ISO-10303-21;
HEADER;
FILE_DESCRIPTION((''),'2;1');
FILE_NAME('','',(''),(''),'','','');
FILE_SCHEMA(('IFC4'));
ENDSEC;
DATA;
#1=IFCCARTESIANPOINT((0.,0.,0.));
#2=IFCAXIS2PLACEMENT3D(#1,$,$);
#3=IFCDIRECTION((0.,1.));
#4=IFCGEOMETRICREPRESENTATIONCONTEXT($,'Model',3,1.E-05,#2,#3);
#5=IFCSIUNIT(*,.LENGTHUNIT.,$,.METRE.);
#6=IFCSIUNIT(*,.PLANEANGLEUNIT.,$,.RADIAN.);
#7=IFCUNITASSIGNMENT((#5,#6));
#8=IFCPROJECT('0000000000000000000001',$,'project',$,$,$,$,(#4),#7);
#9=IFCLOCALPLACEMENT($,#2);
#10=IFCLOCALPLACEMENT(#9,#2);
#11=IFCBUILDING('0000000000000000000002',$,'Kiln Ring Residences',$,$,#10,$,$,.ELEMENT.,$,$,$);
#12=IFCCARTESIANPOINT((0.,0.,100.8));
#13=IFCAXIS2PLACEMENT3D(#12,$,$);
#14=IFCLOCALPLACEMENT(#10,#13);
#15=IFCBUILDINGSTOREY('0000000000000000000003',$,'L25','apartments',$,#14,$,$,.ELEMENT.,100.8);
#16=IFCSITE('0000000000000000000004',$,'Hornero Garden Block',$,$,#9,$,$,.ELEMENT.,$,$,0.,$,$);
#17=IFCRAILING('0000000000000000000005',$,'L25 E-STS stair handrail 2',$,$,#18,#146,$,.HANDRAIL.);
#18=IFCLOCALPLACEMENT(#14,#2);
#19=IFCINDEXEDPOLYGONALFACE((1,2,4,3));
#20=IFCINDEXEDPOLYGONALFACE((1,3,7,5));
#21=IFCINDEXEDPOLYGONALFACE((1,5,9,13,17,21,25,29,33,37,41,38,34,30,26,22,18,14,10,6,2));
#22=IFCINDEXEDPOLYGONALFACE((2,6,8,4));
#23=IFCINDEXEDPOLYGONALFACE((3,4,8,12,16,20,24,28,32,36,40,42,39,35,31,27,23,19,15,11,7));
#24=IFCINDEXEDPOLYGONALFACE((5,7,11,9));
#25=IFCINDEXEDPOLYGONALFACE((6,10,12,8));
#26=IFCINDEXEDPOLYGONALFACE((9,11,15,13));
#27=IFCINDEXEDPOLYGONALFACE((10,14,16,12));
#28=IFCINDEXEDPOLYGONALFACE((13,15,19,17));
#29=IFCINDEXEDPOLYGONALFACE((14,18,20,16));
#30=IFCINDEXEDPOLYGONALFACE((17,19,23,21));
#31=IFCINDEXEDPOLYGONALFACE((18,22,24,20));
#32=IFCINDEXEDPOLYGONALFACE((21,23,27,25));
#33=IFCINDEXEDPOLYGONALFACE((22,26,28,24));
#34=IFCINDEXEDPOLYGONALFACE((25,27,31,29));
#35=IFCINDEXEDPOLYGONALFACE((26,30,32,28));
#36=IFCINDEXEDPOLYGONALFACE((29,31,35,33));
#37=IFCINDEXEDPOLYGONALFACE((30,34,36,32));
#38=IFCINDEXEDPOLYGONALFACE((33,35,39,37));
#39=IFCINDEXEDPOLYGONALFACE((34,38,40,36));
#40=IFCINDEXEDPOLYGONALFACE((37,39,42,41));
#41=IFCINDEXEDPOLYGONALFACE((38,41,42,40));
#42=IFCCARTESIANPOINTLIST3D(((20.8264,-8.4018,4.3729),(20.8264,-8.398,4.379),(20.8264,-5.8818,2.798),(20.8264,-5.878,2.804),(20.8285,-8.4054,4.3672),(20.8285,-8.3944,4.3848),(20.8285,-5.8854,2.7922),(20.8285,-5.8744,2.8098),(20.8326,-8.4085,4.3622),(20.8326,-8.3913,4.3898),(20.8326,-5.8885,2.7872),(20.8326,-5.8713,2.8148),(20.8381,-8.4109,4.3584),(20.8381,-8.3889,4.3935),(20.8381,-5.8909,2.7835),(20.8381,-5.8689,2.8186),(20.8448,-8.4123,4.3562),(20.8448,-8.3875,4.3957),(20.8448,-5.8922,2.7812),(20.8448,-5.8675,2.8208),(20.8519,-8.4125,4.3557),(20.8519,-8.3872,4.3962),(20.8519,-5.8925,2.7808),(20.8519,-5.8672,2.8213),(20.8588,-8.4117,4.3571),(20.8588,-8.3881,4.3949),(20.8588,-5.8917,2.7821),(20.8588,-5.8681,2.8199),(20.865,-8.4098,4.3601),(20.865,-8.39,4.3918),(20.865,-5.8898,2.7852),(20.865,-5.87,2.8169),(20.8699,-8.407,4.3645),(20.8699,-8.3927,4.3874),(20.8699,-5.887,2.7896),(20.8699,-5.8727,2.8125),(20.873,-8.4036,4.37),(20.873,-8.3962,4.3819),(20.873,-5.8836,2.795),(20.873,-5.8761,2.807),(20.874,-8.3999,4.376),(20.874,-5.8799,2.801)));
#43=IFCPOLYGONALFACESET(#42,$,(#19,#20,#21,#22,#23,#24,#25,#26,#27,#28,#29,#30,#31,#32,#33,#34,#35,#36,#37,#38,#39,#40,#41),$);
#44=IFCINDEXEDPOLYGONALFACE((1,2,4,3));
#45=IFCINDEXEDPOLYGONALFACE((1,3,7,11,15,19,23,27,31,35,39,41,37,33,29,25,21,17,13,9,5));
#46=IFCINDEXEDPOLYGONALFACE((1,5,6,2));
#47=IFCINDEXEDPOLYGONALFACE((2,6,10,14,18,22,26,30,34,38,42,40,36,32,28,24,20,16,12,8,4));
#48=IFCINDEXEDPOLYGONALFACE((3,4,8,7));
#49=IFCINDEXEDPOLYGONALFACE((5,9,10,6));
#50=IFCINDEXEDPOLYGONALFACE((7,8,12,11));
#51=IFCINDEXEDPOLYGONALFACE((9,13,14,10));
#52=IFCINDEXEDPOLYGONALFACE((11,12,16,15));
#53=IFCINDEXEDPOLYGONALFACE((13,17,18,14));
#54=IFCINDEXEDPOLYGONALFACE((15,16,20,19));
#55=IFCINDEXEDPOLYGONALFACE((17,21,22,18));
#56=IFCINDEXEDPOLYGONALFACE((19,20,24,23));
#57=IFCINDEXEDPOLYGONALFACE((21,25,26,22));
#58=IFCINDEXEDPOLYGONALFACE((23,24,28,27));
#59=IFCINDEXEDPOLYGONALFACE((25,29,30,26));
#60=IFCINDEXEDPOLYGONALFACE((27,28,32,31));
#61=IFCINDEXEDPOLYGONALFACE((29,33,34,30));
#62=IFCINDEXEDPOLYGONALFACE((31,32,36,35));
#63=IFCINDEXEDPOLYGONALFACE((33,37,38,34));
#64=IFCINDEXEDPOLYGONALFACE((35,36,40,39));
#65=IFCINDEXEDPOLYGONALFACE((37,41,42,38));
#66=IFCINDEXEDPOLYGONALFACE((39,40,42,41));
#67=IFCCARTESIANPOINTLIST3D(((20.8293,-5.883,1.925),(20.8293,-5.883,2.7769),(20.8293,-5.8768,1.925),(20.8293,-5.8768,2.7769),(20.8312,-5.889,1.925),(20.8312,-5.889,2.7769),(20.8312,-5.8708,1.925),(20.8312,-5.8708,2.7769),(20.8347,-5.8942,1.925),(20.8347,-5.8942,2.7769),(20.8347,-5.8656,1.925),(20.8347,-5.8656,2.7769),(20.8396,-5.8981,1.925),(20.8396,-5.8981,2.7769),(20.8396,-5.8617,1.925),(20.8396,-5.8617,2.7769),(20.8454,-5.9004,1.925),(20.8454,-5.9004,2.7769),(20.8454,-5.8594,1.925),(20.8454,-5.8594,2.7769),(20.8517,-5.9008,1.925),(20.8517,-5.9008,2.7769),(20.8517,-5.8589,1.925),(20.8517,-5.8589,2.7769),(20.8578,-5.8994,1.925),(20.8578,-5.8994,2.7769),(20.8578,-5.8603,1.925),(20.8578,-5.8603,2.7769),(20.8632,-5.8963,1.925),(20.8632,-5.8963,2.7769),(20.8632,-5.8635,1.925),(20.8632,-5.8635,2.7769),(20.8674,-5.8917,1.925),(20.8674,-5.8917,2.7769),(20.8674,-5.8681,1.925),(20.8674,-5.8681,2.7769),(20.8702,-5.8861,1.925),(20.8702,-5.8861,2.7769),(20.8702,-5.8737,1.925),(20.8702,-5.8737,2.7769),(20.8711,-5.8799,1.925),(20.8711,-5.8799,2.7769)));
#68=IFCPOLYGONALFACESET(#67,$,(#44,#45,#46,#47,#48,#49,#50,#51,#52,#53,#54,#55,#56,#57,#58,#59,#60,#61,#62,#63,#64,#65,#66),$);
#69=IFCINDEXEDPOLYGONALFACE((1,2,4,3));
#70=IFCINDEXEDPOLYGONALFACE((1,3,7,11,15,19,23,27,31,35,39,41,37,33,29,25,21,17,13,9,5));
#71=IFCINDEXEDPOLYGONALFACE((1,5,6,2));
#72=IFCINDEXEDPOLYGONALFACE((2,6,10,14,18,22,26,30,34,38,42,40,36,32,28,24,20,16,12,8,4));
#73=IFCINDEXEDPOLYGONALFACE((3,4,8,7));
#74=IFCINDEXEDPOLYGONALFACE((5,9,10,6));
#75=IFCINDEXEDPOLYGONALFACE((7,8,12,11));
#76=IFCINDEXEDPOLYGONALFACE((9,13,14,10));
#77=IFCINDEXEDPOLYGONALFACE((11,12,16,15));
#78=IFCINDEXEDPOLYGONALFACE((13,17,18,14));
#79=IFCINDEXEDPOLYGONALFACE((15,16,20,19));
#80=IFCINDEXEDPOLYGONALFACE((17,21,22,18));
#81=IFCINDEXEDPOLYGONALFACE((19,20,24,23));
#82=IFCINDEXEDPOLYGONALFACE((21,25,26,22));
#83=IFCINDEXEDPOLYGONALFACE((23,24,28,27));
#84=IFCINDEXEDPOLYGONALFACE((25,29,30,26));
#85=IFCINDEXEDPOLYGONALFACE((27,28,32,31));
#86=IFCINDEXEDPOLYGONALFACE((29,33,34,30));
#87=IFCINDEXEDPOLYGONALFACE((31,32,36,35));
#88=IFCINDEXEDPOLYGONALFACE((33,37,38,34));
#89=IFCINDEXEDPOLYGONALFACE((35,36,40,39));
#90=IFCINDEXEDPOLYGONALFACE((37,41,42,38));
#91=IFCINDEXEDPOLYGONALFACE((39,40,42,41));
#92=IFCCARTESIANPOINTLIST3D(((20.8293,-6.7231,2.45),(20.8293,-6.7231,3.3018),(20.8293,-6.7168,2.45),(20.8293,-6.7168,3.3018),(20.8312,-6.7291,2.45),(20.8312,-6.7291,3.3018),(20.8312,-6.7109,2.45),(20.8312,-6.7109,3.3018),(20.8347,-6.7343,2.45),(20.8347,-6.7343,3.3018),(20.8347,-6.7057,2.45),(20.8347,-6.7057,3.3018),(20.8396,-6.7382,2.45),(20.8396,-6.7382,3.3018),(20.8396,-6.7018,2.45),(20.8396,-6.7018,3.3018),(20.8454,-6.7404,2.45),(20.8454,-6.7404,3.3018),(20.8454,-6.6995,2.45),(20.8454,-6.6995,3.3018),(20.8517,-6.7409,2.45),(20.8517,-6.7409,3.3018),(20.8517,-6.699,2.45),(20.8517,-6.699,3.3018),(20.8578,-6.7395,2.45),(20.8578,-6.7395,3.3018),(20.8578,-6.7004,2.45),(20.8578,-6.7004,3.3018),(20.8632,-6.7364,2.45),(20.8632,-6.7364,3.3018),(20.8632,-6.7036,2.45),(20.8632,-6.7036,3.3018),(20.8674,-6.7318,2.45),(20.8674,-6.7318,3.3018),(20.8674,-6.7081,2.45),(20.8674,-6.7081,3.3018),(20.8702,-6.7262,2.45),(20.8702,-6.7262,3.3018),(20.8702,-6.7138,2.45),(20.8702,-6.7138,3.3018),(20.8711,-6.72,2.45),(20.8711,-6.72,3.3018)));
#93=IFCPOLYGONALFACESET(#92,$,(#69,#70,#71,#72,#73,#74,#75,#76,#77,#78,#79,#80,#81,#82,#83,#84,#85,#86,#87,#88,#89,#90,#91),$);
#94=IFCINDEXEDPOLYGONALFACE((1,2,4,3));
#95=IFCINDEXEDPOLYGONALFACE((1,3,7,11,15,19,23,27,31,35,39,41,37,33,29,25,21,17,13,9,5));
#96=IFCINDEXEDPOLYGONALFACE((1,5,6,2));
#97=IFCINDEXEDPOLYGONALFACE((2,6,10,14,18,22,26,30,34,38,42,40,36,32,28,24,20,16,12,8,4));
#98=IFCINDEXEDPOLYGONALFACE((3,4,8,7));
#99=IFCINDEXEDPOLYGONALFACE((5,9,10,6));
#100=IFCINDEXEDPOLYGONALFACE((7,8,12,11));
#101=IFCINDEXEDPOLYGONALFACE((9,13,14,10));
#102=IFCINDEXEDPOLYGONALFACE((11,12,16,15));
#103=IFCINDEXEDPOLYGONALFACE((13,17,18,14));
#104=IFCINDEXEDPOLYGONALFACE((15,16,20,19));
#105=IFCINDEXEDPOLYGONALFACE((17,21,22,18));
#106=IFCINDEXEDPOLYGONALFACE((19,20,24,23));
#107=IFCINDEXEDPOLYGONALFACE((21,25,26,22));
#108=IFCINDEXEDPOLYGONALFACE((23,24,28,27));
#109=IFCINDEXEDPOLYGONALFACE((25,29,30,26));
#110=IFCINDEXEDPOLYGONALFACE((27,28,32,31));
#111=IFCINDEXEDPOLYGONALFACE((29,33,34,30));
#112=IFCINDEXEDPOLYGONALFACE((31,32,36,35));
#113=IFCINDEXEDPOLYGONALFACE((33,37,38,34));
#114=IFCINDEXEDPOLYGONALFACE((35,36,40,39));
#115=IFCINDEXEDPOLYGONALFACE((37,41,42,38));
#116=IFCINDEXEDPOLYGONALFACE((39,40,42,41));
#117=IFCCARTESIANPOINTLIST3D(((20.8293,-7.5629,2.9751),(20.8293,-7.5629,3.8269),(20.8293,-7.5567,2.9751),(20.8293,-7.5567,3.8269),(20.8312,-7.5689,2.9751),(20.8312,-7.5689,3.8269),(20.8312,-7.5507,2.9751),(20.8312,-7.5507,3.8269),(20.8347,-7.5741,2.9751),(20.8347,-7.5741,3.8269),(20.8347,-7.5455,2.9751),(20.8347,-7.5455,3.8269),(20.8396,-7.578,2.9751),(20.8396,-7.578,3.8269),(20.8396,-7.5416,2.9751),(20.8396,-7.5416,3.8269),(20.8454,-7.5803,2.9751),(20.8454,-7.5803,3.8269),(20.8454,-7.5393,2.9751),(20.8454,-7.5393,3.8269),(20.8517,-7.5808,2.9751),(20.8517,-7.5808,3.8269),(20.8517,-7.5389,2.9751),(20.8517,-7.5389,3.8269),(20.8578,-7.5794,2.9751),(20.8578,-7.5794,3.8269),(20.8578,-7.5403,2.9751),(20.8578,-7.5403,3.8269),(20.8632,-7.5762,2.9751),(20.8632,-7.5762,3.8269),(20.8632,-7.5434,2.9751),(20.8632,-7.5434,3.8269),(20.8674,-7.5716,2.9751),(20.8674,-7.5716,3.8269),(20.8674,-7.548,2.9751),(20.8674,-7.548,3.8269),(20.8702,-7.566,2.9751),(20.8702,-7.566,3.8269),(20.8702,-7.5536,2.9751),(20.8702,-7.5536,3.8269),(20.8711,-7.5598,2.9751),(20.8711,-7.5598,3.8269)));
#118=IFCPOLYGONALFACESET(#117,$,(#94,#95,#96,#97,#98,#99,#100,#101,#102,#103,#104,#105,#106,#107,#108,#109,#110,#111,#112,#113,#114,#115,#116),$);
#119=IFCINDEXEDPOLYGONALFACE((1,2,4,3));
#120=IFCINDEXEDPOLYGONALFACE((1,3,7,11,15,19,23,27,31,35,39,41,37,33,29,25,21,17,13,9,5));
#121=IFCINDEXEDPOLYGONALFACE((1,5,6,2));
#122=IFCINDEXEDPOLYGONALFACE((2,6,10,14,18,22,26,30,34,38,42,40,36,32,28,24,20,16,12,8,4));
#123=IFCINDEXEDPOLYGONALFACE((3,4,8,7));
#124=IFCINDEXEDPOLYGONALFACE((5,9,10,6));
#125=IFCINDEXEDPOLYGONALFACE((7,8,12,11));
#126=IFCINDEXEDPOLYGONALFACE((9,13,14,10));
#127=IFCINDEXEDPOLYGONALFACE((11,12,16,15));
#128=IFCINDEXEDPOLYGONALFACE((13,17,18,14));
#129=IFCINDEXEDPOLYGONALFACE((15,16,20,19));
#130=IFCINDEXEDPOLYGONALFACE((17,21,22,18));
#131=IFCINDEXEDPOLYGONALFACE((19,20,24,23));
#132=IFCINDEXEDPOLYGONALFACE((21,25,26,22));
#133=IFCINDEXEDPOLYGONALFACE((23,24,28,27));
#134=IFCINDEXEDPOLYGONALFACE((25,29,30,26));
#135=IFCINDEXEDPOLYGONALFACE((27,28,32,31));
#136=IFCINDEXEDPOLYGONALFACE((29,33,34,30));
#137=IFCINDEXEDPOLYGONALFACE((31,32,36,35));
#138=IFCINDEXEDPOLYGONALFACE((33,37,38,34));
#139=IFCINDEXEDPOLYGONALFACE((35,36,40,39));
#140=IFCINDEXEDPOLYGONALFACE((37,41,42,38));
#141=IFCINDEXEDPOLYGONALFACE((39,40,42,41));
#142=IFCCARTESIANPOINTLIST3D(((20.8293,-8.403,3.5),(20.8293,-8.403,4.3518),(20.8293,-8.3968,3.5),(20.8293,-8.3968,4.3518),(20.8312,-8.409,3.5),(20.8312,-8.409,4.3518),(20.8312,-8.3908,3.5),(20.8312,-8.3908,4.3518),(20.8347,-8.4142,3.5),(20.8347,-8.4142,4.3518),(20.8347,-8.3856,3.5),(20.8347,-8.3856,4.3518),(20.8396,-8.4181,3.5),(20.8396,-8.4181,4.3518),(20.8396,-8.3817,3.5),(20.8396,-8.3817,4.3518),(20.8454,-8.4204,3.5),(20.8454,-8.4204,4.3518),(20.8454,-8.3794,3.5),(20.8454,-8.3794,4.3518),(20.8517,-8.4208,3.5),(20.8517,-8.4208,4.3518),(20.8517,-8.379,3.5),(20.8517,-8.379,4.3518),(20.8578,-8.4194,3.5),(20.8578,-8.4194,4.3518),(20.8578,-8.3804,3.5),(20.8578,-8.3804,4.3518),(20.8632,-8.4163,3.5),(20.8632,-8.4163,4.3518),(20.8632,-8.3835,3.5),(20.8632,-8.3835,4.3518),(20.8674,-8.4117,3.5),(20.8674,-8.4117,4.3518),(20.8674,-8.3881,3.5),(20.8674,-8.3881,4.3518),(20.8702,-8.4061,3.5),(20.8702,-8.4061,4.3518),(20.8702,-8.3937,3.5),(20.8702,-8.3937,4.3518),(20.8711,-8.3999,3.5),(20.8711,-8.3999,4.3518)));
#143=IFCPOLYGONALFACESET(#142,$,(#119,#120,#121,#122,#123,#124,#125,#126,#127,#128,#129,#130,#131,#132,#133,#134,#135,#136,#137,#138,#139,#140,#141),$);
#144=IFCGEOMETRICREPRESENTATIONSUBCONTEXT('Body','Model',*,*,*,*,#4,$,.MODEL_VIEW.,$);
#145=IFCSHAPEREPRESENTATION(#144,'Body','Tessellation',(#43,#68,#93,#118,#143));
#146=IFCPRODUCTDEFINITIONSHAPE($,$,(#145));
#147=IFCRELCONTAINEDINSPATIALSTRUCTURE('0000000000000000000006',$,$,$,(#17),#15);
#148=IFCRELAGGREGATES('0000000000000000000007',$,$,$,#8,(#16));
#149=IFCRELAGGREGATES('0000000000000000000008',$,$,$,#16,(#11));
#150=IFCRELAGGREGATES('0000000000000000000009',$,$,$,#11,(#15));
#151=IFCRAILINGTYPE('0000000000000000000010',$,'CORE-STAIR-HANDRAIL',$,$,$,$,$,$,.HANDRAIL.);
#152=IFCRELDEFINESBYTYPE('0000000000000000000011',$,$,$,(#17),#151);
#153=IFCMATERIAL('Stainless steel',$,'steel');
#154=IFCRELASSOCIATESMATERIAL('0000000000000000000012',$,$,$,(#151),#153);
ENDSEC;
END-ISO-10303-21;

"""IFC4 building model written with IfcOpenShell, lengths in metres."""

from ifc_helpers import new_model, si_unit, direction, frame, origin, origin_2d, place, context, subcontext, project, spatial, circle, extrude, material, type_object, element, save


model = new_model("IFC4")

# Units and contexts
model_context = context("Model", 3, precision=1e-05, world=origin(), true_north=direction((0.0, 1.0)))
body_context = subcontext(model_context, "Body", "Model", "MODEL_VIEW")
ifc_project = project(units=[si_unit("LENGTHUNIT", "METRE"), si_unit("PLANEANGLEUNIT", "RADIAN")], contexts=[model_context])

# Site, building, storey
site_placement = place(None, origin())
site = spatial("IfcSite", under=ifc_project, at=site_placement, Name="Hornero Garden Block", CompositionType="ELEMENT", RefElevation=0.0)
building_placement = place(site_placement, origin())
building = spatial("IfcBuilding", under=site, at=building_placement, Name="Kiln Ring Residences", CompositionType="ELEMENT")
storey_placement = place(building_placement, frame((0.0, 0.0, 100.8)))
storey = spatial("IfcBuildingStorey", under=building, at=storey_placement, Name="L25", Description="apartments", CompositionType="ELEMENT", Elevation=100.8)

# Railing
ifc_material_1 = material(Name="Stainless steel", Category="steel")
railing_type_1 = type_object("IfcRailingType", Name="CORE-STAIR-HANDRAIL", PredefinedType="HANDRAIL", material=ifc_material_1)
railing_1_placement = place(storey_placement, frame((20.8501, -5.8799, 1.925)))
element("IfcRailing", 1, at=railing_1_placement, inside=storey, type_object=railing_type_1, Name="L25 E-STS stair handrail 2", PredefinedType="HANDRAIL", context=body_context, shape_type="SweptSolid", body=[
    extrude(circle(Radius=0.0239, at=origin_2d()), frame((0.0, 0.0, 0.876), z_axis=(0.0, -0.848008, 0.529984), x_axis=(1.0, 0.0, 0.0)), (0.0, 0.0, 1.0), 2.9717),
    extrude(circle(Radius=0.021, at=origin_2d()), origin(), (0.0, 0.0, 1.0), 0.8518),
    extrude(circle(Radius=0.021, at=origin_2d()), frame((0.0, -0.8401, 0.5249)), (0.0, 0.0, 1.0), 0.8518),
    extrude(circle(Radius=0.021, at=origin_2d()), frame((0.0, -1.6799, 1.05)), (0.0, 0.0, 1.0), 0.8518),
    extrude(circle(Radius=0.021, at=origin_2d()), frame((0.0, -2.52, 1.575)), (0.0, 0.0, 1.0), 0.8518),
])

save(model, "model.ifc")
